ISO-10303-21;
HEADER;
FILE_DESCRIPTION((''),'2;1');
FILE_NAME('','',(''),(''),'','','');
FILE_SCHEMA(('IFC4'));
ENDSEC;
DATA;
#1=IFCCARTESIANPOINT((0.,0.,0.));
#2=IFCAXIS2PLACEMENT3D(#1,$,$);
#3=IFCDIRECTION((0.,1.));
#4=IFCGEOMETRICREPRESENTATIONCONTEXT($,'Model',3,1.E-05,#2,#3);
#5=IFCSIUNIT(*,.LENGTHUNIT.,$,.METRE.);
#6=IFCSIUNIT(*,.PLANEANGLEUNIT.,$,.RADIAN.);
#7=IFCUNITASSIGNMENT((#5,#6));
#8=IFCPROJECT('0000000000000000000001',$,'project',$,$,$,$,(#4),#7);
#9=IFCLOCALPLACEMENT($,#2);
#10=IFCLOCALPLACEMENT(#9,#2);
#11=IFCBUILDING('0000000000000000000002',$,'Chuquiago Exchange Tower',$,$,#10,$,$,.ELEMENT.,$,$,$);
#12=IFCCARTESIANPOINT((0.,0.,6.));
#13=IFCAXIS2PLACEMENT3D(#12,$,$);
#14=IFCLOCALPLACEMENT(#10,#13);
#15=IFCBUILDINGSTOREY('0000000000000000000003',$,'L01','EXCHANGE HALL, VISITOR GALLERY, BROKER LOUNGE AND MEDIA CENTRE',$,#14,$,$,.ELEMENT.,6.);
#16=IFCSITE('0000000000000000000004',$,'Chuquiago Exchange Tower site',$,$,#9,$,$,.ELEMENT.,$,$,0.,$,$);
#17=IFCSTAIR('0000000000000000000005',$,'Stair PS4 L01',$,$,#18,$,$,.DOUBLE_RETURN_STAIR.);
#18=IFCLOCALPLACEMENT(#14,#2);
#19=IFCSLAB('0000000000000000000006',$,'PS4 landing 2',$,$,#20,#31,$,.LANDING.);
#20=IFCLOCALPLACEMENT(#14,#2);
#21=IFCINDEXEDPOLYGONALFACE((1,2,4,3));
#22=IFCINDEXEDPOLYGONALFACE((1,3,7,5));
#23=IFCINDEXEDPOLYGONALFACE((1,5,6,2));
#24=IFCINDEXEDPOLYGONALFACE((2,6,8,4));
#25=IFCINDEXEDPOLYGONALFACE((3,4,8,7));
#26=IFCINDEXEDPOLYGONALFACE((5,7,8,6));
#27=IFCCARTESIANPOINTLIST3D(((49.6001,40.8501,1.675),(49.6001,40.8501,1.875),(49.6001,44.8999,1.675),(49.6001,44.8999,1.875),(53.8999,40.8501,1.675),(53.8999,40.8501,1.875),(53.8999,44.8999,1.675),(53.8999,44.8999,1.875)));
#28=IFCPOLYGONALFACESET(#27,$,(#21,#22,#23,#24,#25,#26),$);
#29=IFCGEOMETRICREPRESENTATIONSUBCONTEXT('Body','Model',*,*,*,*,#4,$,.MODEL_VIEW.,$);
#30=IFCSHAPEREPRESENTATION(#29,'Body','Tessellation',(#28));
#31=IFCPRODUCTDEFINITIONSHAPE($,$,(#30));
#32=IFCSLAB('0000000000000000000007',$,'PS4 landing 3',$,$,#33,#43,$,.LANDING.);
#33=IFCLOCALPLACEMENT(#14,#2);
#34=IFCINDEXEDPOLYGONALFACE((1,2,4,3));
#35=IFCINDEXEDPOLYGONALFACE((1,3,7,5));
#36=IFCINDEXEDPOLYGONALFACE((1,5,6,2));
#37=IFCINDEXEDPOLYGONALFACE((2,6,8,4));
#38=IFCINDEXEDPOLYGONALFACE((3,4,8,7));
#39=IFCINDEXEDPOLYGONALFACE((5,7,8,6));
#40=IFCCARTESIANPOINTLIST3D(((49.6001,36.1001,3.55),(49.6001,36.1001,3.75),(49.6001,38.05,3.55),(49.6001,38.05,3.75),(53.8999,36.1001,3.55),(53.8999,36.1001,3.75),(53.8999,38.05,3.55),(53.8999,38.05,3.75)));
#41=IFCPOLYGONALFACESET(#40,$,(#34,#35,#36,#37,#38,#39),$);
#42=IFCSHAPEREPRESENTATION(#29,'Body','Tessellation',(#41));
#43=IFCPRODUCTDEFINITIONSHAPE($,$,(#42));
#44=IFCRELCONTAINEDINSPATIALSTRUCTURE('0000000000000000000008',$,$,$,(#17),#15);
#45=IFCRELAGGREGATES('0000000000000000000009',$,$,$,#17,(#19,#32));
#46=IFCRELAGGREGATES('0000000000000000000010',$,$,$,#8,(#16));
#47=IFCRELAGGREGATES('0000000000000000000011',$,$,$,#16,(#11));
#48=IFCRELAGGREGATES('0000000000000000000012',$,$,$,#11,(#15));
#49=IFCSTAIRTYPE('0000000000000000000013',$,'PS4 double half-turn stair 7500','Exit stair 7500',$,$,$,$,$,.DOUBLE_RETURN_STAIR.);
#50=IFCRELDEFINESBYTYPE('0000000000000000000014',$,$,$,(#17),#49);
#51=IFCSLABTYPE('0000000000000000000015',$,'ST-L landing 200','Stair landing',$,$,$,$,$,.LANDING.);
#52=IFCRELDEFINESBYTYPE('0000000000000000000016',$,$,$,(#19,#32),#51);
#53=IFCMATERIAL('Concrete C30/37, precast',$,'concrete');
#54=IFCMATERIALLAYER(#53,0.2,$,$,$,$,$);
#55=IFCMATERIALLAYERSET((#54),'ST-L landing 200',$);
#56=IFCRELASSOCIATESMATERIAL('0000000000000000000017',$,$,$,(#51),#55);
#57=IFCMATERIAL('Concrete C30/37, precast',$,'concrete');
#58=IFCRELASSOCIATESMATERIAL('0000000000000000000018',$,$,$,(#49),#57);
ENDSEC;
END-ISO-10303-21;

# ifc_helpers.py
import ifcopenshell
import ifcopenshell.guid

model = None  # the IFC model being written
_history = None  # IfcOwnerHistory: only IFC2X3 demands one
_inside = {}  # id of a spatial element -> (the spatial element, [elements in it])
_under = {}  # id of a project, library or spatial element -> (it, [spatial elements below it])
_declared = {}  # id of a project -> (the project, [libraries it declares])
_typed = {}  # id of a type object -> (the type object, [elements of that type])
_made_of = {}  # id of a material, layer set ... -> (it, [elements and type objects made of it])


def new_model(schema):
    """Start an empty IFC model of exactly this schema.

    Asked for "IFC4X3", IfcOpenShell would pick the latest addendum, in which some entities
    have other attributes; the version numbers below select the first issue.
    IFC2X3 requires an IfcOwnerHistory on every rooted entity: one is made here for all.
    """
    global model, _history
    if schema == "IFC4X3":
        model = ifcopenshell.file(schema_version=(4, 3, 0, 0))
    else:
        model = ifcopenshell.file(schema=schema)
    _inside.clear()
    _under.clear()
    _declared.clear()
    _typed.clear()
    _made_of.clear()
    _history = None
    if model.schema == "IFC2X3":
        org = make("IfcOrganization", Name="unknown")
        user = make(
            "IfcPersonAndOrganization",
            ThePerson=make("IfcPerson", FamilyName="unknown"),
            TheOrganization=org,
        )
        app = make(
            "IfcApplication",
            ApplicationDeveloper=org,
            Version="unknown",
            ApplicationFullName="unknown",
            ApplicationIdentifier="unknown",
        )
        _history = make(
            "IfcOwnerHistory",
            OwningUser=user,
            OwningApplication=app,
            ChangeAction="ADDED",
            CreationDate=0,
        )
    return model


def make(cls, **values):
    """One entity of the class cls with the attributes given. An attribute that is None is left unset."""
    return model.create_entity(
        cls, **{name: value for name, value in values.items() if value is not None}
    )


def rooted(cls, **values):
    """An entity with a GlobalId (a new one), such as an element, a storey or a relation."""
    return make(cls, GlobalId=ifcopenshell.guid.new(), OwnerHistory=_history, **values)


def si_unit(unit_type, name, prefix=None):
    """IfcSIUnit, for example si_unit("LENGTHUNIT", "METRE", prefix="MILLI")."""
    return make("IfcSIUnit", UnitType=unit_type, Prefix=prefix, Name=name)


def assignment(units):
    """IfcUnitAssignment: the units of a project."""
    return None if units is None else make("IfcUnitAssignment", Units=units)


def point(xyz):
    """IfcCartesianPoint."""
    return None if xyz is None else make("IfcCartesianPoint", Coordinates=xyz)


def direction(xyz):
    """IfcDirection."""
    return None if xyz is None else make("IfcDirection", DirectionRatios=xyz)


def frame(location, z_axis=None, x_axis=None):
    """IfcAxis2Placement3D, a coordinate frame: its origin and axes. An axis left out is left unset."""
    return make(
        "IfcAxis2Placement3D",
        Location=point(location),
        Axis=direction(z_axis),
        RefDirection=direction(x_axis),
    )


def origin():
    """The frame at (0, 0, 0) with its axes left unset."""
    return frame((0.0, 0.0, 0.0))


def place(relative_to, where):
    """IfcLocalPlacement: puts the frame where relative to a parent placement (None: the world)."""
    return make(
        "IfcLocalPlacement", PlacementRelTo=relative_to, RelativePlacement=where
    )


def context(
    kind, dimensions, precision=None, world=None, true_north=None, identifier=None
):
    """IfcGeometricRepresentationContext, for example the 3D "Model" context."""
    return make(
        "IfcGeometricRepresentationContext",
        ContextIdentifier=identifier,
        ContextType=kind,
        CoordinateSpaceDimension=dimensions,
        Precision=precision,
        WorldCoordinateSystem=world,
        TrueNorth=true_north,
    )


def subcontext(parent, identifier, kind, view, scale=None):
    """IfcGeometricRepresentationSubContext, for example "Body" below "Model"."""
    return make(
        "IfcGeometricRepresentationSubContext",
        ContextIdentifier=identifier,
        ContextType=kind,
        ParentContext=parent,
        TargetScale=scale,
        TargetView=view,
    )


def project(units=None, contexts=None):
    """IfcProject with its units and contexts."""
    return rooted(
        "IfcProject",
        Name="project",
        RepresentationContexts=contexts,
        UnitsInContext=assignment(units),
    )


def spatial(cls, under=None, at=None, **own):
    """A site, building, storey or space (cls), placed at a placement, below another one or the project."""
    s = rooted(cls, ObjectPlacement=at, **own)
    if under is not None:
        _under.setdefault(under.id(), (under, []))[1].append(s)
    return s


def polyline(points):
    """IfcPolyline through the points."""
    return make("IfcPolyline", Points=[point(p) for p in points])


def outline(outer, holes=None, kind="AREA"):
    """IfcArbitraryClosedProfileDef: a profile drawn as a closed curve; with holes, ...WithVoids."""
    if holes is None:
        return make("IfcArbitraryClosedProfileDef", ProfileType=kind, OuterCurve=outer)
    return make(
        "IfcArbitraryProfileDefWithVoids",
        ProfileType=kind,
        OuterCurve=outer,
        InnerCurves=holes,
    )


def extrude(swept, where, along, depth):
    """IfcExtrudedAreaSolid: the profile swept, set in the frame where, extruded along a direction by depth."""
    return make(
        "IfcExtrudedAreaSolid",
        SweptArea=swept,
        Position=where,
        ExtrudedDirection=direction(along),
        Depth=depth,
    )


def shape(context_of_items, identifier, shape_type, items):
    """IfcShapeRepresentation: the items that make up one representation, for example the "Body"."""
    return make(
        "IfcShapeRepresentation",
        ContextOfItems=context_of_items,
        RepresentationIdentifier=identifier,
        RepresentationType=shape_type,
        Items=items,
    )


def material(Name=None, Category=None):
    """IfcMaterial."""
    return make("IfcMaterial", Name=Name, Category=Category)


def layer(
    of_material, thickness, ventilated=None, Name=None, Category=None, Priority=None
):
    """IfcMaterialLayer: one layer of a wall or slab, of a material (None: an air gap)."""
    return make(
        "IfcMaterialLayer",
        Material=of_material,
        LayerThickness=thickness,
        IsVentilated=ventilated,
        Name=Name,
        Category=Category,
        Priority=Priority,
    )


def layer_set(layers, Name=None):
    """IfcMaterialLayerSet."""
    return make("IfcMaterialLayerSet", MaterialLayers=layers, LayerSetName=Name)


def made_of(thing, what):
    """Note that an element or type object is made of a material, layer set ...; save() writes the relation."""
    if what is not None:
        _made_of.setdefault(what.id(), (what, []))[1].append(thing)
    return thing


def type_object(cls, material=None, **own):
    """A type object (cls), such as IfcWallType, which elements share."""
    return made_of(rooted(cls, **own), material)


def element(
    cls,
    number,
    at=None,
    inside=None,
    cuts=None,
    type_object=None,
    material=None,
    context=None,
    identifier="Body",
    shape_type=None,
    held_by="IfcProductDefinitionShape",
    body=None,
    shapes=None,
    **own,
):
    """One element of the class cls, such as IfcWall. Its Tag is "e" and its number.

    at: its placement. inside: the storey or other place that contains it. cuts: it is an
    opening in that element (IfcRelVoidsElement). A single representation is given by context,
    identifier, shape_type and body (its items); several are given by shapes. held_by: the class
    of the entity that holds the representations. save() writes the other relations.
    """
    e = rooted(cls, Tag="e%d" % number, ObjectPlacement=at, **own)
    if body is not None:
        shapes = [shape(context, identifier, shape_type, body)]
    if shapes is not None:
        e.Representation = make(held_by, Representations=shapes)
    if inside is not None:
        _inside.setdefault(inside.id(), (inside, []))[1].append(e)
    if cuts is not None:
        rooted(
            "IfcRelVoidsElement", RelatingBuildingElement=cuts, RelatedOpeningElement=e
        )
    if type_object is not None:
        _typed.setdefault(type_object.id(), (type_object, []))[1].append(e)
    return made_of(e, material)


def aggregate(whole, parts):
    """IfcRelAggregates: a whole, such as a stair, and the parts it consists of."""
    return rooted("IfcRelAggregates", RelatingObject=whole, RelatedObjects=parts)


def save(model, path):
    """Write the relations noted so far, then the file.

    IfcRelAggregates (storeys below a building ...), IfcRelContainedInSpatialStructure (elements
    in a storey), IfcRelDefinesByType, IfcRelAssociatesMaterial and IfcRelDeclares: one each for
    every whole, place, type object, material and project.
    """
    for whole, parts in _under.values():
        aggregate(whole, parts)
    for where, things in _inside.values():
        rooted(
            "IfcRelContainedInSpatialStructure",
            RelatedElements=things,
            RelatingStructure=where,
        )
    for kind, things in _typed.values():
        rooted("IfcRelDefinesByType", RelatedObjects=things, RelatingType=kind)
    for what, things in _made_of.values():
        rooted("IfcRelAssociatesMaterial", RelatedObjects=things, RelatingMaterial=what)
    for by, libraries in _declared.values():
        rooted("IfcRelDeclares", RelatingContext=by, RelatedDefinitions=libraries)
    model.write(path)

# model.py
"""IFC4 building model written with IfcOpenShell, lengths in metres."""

from ifc_helpers import new_model, si_unit, direction, frame, origin, place, context, subcontext, project, spatial, polyline, outline, extrude, material, layer, layer_set, type_object, element, aggregate, save


model = new_model("IFC4")

# Units and contexts
model_context = context("Model", 3, precision=1e-05, world=origin(), true_north=direction((0.0, 1.0)))
body_context = subcontext(model_context, "Body", "Model", "MODEL_VIEW")
ifc_project = project(units=[si_unit("LENGTHUNIT", "METRE"), si_unit("PLANEANGLEUNIT", "RADIAN")], contexts=[model_context])

# Site, building, storey
site_placement = place(None, origin())
site = spatial("IfcSite", under=ifc_project, at=site_placement, Name="Chuquiago Exchange Tower site", CompositionType="ELEMENT", RefElevation=0.0)
building_placement = place(site_placement, origin())
building = spatial("IfcBuilding", under=site, at=building_placement, Name="Chuquiago Exchange Tower", CompositionType="ELEMENT")
storey_placement = place(building_placement, frame((0.0, 0.0, 6.0)))
storey = spatial("IfcBuildingStorey", under=building, at=storey_placement, Name="L01", Description="EXCHANGE HALL, VISITOR GALLERY, BROKER LOUNGE AND MEDIA CENTRE", CompositionType="ELEMENT", Elevation=6.0)

# Stair, slabs
ifc_material_1 = material(Name="Concrete C30/37, precast", Category="concrete")
ifc_layer_1 = layer(ifc_material_1, 0.2)
ifc_layer_set_1 = layer_set([ifc_layer_1], Name="ST-L landing 200")
slab_type_1 = type_object("IfcSlabType", Name="ST-L landing 200", Description="Stair landing", PredefinedType="LANDING", material=ifc_layer_set_1)
ifc_material_2 = material(Name="Concrete C30/37, precast", Category="concrete")
stair_type_1 = type_object("IfcStairType", Name="PS4 double half-turn stair 7500", Description="Exit stair 7500", PredefinedType="DOUBLE_RETURN_STAIR", material=ifc_material_2)
stair_1_placement = place(storey_placement, origin())
stair_1 = element("IfcStair", 1, at=stair_1_placement, inside=storey, type_object=stair_type_1, Name="Stair PS4 L01", PredefinedType="DOUBLE_RETURN_STAIR")
slab_1_placement = place(storey_placement, frame((0.0, 0.0, 1.675)))
slab_1 = element("IfcSlab", 2, at=slab_1_placement, type_object=slab_type_1, Name="PS4 landing 2", PredefinedType="LANDING", context=body_context, shape_type="SweptSolid", body=[
    extrude(outline(polyline([(49.6001, 44.8999), (53.8999, 44.8999), (53.8999, 40.8501), (49.6001, 40.8501), (49.6001, 44.8999)])), origin(), (0.0, 0.0, 1.0), 0.2),
])
slab_2_placement = place(storey_placement, frame((0.0, 0.0, 3.55)))
slab_2 = element("IfcSlab", 3, at=slab_2_placement, type_object=slab_type_1, Name="PS4 landing 3", PredefinedType="LANDING", context=body_context, shape_type="SweptSolid", body=[
    extrude(outline(polyline([(49.6001, 38.05), (53.8999, 38.05), (53.8999, 36.1001), (49.6001, 36.1001), (49.6001, 38.05)])), origin(), (0.0, 0.0, 1.0), 0.2),
])
aggregate(stair_1, [slab_1, slab_2])

save(model, "model.ifc")
